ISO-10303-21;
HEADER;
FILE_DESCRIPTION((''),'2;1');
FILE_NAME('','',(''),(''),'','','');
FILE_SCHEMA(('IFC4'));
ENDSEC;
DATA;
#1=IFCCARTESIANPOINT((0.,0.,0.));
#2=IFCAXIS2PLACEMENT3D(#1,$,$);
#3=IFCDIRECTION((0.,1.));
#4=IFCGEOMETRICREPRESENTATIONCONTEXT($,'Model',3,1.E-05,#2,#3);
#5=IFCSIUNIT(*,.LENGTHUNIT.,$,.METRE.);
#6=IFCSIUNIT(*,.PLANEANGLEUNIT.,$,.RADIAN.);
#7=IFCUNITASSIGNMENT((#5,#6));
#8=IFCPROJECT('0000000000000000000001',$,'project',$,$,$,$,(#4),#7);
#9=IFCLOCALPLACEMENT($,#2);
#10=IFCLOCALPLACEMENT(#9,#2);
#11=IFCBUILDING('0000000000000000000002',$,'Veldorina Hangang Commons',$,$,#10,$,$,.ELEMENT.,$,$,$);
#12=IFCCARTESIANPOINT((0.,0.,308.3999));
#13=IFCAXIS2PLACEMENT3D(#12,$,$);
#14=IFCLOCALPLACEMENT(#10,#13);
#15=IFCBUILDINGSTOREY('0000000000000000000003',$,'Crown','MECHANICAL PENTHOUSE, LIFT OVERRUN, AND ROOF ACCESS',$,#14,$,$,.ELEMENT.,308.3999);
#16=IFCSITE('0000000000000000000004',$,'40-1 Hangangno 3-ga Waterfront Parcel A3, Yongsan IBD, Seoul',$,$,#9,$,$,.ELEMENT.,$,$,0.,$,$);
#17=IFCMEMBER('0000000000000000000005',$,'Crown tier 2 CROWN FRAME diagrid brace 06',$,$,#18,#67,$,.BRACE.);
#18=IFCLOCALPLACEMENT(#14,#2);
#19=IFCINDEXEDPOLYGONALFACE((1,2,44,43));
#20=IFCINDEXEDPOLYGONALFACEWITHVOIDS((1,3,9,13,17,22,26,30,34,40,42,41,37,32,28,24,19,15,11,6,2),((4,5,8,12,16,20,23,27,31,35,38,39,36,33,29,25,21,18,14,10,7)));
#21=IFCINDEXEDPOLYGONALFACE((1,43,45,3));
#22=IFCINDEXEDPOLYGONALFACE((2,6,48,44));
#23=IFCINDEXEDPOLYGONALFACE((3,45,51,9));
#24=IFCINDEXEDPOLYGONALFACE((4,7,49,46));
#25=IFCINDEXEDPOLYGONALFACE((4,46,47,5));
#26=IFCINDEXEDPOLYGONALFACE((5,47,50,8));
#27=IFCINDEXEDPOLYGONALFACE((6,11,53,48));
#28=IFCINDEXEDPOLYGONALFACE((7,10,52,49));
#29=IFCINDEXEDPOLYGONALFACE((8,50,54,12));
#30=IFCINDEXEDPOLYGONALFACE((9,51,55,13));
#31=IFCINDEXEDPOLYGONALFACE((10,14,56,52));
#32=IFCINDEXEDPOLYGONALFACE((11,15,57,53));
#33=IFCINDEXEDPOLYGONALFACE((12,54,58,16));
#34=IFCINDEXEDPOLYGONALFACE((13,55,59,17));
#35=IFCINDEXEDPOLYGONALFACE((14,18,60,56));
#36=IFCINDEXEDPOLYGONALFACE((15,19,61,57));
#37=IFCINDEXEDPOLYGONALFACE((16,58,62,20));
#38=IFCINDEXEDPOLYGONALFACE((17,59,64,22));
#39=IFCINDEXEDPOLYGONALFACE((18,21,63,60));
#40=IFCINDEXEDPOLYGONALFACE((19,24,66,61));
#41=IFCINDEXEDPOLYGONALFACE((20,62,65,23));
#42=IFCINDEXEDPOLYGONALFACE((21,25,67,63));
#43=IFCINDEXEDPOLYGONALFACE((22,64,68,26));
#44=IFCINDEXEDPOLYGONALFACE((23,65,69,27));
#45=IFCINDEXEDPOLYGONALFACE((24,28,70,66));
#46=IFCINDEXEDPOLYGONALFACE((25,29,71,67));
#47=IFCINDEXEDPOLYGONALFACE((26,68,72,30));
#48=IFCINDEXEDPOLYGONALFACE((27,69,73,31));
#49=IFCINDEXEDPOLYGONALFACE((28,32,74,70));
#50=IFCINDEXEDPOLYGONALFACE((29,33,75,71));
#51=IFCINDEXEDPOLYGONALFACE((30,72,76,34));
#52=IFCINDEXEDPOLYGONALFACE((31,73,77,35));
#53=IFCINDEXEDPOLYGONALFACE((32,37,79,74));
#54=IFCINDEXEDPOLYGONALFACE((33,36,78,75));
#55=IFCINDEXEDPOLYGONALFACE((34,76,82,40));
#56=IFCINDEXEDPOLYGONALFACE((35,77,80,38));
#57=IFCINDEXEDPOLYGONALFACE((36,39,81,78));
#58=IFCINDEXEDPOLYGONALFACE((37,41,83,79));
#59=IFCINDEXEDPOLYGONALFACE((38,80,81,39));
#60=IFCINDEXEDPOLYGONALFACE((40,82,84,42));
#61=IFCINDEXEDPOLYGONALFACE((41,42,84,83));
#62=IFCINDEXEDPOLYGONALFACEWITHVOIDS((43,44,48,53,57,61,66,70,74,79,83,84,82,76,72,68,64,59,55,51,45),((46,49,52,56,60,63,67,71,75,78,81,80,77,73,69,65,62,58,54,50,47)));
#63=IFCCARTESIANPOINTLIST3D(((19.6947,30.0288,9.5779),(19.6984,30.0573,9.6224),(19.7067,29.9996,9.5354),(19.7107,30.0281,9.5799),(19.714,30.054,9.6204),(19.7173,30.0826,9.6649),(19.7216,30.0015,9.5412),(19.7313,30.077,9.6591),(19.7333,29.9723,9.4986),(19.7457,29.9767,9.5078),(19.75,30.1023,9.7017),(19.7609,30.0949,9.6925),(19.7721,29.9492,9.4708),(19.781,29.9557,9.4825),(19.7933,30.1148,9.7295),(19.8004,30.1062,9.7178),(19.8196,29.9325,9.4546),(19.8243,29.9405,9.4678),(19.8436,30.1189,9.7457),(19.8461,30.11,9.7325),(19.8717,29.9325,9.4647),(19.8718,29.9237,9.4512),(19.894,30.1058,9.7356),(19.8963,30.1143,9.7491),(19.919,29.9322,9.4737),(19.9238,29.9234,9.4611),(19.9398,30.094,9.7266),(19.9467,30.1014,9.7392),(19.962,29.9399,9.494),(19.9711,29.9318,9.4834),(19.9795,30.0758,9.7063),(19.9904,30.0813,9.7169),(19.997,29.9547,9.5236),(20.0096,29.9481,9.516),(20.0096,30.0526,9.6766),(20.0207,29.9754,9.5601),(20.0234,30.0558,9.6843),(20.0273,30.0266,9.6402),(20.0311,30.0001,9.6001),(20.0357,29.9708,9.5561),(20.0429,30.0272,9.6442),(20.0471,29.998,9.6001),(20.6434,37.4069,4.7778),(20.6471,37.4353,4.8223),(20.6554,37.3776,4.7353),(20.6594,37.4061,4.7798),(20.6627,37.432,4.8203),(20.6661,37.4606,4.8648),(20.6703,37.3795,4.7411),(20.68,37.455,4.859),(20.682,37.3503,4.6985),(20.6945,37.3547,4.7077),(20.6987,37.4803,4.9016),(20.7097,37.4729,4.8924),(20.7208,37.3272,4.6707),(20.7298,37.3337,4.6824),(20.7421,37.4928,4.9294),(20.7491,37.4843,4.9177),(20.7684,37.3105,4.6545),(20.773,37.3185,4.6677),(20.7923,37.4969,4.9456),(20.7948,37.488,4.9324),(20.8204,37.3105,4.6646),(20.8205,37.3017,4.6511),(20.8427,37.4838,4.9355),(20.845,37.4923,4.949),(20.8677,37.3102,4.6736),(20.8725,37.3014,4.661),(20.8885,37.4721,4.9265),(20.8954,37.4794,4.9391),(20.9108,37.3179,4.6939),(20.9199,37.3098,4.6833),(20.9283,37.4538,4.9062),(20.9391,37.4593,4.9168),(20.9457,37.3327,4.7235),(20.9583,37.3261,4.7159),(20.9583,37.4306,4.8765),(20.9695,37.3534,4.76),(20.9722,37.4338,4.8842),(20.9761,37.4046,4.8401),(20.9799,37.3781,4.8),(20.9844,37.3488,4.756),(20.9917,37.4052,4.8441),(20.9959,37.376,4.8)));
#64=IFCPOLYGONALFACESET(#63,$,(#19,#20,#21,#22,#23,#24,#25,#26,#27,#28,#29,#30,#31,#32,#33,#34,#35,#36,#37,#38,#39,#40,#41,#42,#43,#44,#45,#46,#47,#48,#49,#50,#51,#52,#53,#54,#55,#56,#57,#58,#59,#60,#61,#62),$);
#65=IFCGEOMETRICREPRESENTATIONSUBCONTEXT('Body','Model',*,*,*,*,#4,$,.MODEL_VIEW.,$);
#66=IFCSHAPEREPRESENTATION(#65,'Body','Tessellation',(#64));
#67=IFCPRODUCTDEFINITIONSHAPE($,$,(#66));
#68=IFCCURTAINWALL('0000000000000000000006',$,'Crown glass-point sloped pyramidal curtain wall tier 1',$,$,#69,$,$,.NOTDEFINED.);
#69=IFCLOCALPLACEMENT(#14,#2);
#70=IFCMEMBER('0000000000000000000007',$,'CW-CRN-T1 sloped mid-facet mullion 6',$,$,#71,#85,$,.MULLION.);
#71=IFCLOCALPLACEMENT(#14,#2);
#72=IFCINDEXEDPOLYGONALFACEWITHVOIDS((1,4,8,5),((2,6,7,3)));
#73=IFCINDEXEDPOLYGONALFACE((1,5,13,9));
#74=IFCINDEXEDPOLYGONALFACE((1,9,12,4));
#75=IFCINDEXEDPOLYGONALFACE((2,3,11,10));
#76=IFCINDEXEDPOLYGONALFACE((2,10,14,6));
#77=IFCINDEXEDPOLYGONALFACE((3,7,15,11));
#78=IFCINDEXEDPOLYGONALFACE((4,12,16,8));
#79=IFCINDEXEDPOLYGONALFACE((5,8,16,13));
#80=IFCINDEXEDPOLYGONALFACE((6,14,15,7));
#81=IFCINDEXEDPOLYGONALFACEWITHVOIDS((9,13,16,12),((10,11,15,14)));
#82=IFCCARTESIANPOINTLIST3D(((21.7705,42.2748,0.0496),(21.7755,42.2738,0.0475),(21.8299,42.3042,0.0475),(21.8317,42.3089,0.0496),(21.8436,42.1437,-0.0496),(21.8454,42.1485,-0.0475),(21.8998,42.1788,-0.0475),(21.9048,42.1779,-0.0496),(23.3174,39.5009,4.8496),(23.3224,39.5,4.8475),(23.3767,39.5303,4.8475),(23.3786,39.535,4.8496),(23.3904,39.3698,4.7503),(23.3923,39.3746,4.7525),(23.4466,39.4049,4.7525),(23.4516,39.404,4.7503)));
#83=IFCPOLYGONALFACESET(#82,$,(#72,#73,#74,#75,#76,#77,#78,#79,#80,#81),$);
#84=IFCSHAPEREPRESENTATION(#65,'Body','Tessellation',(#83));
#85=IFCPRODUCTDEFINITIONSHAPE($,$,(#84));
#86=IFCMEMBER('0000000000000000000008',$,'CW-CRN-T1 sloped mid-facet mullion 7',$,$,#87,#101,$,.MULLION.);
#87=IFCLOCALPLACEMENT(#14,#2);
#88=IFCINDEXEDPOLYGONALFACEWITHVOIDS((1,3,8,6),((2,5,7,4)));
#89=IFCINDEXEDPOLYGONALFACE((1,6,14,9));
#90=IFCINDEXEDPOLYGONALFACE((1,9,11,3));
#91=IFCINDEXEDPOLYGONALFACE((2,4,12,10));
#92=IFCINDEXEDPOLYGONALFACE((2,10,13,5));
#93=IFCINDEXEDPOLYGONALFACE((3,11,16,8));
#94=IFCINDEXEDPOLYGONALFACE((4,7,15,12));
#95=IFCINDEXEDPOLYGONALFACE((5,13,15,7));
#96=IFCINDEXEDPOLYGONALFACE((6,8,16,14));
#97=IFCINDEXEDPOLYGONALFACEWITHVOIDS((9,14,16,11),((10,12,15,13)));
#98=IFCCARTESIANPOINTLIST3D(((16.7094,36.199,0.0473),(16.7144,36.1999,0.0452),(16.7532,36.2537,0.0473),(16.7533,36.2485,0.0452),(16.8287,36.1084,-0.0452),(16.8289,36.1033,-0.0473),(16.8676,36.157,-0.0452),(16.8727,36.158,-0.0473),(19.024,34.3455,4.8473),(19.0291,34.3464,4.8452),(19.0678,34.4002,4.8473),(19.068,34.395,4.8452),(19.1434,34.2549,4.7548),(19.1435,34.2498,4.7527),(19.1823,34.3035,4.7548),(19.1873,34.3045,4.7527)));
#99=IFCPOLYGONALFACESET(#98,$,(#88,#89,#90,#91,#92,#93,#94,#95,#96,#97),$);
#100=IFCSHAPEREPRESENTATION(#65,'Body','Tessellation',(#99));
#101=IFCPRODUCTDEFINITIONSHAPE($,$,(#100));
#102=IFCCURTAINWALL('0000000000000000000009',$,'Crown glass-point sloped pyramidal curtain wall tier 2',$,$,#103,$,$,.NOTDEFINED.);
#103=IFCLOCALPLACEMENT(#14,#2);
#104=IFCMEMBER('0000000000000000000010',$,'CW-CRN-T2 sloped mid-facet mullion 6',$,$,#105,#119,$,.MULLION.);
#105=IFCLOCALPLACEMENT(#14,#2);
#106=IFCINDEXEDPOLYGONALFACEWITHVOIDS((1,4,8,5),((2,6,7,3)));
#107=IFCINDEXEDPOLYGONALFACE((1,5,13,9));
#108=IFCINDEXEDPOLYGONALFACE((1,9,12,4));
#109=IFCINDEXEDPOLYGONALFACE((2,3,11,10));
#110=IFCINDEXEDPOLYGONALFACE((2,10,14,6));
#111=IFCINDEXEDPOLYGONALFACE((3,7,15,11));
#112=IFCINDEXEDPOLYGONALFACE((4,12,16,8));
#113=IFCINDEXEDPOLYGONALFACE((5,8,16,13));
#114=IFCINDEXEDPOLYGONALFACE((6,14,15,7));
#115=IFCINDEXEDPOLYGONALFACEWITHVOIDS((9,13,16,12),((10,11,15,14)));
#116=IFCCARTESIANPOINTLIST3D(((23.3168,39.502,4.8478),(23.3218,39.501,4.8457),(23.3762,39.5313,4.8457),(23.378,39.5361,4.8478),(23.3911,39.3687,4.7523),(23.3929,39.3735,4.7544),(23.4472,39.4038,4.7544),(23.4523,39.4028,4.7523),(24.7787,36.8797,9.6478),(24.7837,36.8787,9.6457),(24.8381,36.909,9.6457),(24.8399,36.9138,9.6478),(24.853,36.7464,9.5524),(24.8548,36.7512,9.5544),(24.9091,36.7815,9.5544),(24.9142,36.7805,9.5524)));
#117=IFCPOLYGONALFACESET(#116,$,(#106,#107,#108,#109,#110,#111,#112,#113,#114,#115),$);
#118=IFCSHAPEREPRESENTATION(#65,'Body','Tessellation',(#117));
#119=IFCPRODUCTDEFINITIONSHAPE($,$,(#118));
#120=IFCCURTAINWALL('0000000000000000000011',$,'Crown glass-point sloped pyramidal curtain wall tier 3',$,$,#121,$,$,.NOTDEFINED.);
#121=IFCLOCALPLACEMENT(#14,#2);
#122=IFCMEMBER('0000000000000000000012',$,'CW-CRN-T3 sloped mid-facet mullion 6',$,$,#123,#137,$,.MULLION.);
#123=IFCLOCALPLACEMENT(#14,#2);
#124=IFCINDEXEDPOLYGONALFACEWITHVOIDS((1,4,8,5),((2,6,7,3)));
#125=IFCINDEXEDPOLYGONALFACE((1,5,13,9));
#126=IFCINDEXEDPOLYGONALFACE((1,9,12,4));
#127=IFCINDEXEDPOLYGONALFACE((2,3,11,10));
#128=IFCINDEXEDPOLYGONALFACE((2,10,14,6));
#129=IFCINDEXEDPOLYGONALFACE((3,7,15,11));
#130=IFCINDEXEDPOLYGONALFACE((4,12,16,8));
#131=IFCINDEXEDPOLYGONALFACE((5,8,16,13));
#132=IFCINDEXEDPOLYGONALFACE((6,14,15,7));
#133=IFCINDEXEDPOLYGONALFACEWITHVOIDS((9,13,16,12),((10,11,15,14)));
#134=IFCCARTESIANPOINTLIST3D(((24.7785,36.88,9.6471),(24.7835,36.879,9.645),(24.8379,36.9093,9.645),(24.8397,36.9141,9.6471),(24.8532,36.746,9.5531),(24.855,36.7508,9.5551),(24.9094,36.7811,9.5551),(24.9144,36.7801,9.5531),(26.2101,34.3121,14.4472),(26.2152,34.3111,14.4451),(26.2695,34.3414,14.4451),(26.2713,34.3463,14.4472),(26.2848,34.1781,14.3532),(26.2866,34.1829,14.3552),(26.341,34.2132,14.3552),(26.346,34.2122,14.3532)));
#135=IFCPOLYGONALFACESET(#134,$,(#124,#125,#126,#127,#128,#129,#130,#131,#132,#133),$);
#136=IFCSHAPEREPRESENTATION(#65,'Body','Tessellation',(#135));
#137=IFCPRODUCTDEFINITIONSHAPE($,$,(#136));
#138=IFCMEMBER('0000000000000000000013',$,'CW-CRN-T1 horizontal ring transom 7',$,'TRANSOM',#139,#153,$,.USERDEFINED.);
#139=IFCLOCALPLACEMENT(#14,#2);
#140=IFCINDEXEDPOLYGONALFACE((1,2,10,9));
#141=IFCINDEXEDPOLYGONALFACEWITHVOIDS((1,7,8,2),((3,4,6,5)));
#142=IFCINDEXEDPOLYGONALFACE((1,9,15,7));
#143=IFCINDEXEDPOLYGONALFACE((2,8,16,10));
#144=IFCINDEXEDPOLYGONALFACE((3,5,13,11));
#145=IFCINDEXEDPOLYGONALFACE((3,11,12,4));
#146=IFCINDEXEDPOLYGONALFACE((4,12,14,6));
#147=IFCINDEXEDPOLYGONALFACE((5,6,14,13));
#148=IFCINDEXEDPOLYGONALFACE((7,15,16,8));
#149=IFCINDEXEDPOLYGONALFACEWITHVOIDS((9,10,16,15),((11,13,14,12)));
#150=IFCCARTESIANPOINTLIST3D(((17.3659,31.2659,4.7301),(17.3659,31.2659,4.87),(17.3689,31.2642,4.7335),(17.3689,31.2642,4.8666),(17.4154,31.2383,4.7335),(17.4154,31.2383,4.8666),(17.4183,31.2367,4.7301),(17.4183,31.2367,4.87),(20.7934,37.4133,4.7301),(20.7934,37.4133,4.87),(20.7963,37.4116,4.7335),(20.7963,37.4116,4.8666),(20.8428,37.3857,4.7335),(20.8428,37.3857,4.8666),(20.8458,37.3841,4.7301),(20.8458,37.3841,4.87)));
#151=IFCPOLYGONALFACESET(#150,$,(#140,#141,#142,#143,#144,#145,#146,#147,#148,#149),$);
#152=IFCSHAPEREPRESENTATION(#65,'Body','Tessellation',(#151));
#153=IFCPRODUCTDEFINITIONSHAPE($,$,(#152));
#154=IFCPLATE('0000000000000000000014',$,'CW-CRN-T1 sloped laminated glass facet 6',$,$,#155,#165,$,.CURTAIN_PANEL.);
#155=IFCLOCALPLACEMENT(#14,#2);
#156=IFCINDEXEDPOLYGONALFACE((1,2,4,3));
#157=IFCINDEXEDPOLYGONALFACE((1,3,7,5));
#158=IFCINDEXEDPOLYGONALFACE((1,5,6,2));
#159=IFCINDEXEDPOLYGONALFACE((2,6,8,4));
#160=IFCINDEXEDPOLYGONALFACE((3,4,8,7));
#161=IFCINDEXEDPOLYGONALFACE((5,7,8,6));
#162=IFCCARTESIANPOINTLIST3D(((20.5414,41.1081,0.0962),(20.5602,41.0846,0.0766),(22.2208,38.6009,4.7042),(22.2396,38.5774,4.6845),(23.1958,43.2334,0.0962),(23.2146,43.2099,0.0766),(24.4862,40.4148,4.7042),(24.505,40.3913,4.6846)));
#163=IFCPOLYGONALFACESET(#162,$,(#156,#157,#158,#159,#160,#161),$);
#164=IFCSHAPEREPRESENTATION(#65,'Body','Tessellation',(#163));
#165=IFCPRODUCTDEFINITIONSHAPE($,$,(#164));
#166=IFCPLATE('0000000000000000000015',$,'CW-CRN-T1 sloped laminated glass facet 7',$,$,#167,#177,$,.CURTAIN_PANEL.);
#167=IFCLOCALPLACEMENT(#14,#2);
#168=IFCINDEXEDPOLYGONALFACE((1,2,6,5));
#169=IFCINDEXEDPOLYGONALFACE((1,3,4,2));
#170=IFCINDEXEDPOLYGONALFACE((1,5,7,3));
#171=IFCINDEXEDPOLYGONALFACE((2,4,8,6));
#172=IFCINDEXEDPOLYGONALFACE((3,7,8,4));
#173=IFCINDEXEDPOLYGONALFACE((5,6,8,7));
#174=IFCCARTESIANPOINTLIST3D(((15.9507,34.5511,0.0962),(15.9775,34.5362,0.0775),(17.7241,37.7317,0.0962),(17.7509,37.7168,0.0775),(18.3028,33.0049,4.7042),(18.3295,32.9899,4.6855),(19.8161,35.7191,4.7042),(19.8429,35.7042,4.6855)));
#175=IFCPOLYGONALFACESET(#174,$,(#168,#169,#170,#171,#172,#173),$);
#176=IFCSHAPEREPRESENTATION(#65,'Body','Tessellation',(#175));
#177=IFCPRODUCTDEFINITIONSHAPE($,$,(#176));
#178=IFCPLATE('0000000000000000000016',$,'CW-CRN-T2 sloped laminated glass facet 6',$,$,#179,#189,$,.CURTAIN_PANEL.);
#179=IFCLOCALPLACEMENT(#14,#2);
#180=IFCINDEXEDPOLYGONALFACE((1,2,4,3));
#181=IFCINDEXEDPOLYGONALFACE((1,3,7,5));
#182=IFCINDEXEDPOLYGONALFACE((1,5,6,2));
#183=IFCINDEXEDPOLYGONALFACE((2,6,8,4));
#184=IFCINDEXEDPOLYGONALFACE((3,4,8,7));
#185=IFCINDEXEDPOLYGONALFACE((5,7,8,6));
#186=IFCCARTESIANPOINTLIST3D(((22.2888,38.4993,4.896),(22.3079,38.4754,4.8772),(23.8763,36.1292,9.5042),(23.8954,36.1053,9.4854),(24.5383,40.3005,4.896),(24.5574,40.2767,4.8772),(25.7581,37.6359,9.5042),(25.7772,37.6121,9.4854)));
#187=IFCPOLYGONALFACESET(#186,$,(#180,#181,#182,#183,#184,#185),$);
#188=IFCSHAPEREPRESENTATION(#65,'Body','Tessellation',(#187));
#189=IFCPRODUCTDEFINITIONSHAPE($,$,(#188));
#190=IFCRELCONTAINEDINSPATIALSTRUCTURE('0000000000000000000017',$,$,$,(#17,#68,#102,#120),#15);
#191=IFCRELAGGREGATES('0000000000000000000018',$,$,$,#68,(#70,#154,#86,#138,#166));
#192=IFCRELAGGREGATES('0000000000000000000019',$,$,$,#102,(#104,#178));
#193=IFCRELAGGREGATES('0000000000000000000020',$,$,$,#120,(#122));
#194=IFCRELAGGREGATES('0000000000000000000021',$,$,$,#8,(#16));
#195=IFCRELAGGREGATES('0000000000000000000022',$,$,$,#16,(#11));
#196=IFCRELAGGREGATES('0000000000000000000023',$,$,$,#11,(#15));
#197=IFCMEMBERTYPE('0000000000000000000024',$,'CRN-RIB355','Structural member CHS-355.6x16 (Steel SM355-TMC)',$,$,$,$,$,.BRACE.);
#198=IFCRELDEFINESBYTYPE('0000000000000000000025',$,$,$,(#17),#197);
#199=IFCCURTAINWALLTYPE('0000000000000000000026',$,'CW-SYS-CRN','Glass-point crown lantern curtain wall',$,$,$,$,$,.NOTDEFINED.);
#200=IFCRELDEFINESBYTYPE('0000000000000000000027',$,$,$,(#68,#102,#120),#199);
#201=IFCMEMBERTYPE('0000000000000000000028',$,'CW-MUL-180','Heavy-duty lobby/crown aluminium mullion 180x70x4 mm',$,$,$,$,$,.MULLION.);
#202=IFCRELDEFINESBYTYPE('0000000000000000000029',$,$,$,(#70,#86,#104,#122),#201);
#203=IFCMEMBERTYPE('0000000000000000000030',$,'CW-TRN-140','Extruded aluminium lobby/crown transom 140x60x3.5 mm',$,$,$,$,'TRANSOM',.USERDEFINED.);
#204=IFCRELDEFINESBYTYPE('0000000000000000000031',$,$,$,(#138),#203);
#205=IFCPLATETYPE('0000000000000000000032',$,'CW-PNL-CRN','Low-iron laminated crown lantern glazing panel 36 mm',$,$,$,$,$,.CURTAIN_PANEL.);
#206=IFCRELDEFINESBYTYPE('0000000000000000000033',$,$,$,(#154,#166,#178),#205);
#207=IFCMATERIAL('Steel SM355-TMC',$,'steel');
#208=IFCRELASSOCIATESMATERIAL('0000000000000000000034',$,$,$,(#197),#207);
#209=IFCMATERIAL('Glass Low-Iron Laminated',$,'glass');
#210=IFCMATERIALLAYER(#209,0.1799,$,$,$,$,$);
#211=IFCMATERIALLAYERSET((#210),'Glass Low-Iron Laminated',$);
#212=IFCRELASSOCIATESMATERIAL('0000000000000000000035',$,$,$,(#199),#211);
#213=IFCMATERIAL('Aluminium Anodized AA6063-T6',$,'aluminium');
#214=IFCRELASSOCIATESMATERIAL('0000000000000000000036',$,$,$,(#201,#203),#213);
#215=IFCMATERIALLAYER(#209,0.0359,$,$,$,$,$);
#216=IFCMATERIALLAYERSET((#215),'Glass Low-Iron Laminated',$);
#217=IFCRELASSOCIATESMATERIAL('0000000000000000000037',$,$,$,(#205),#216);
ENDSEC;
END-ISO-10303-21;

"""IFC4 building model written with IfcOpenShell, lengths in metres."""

from ifc_helpers import new_model, si_unit, direction, frame, origin, origin_2d, place, context, subcontext, project, spatial, polyline, hollow_rectangle, hollow_circle, outline, extrude, material, layer, layer_set, material_profile, profile_set, type_object, element, aggregate, save


model = new_model("IFC4")

# Units and contexts
model_context = context("Model", 3, precision=1e-05, world=origin(), true_north=direction((0.0, 1.0)))
body_context = subcontext(model_context, "Body", "Model", "MODEL_VIEW")
ifc_project = project(units=[si_unit("LENGTHUNIT", "METRE"), si_unit("PLANEANGLEUNIT", "RADIAN")], contexts=[model_context])

# Site, building, storey
site_placement = place(None, origin())
site = spatial("IfcSite", under=ifc_project, at=site_placement, Name="40-1 Hangangno 3-ga Waterfront Parcel A3, Yongsan IBD, Seoul", CompositionType="ELEMENT", RefElevation=0.0)
building_placement = place(site_placement, origin())
building = spatial("IfcBuilding", under=site, at=building_placement, Name="Veldorina Hangang Commons", CompositionType="ELEMENT")
storey_placement = place(building_placement, frame((0.0, 0.0, 308.3999)))
storey = spatial("IfcBuildingStorey", under=building, at=storey_placement, Name="Crown", Description="MECHANICAL PENTHOUSE, LIFT OVERRUN, AND ROOF ACCESS", CompositionType="ELEMENT", Elevation=308.3999)

# Member
ifc_material_1 = material(Name="Steel SM355-TMC", Category="steel")
ifc_material_profile_1 = material_profile(ifc_material_1, hollow_circle(Radius=0.1777, WallThickness=0.0161, at=origin_2d()), Name="CHS-355.6x16")
ifc_profile_set_1 = profile_set([ifc_material_profile_1], Name="Steel SM355-TMC")
member_type_1 = type_object("IfcMemberType", Name="CRN-RIB355", Description="Structural member CHS-355.6x16 (Steel SM355-TMC)", PredefinedType="BRACE", material=ifc_profile_set_1)
member_1_placement = place(storey_placement, frame((20.8196, 37.3987, 4.8), z_axis=(-0.107166, -0.833388, 0.542199), x_axis=(0.991833, -0.12754, 0.0)))
element("IfcMember", 1, at=member_1_placement, inside=storey, type_object=member_type_1, Name="Crown tier 2 CROWN FRAME diagrid brace 06", PredefinedType="BRACE", context=body_context, shape_type="SweptSolid", body=[
    extrude(hollow_circle(Radius=0.1777, WallThickness=0.0161, at=origin_2d()), origin(), (0.0, 0.0, 1.0), 8.853),
])

# Curtain wall, members
ifc_material_2 = material(Name="Glass Low-Iron Laminated", Category="glass")
ifc_layer_1 = layer(ifc_material_2, 0.1799)
ifc_layer_set_1 = layer_set([ifc_layer_1], Name="Glass Low-Iron Laminated")
curtain_wall_type = type_object("IfcCurtainWallType", Name="CW-SYS-CRN", Description="Glass-point crown lantern curtain wall", PredefinedType="NOTDEFINED", material=ifc_layer_set_1)
curtain_wall_1_placement = place(storey_placement, origin())
curtain_wall_1 = element("IfcCurtainWall", 2, at=curtain_wall_1_placement, inside=storey, type_object=curtain_wall_type, Name="Crown glass-point sloped pyramidal curtain wall tier 1", PredefinedType="NOTDEFINED")
ifc_material_3 = material(Name="Aluminium Anodized AA6063-T6", Category="aluminium")
ifc_material_profile_2 = material_profile(ifc_material_3, hollow_rectangle(XDim=0.0701, YDim=0.1799, WallThickness=0.0039, at=origin_2d()), Name="ALU-RHS-180x70x4")
ifc_profile_set_2 = profile_set([ifc_material_profile_2], Name="Aluminium Anodized AA6063-T6")
member_type_2 = type_object("IfcMemberType", Name="CW-MUL-180", Description="Heavy-duty lobby/crown aluminium mullion 180x70x4 mm", PredefinedType="MULLION", material=ifc_profile_set_2)
member_2_placement = place(storey_placement, frame((21.8376, 42.2263, 0.0), z_axis=(0.268756, -0.481945, 0.833966), x_axis=(0.87338, 0.487039, 0.0)))
member_2 = element("IfcMember", 3, at=member_2_placement, type_object=member_type_2, Name="CW-CRN-T1 sloped mid-facet mullion 6", PredefinedType="MULLION", context=body_context, shape_type="SweptSolid", body=[
    extrude(hollow_rectangle(XDim=0.0701, YDim=0.1799, WallThickness=0.0039, at=origin_2d()), origin(), (0.0, 0.0, 1.0), 5.7556),
])
member_3_placement = place(storey_placement, frame((16.791, 36.1785, 0.0), z_axis=(0.410251, -0.328513, 0.850749), x_axis=(0.625056, 0.78058, 0.0)))
member_3 = element("IfcMember", 4, at=member_3_placement, type_object=member_type_2, Name="CW-CRN-T1 sloped mid-facet mullion 7", PredefinedType="MULLION", context=body_context, shape_type="SweptSolid", body=[
    extrude(hollow_rectangle(XDim=0.0701, YDim=0.1799, WallThickness=0.0039, at=origin_2d()), origin(), (0.0, 0.0, 1.0), 5.6421),
])

# Curtain walls, members
curtain_wall_2_placement = place(storey_placement, origin())
curtain_wall_2 = element("IfcCurtainWall", 5, at=curtain_wall_2_placement, inside=storey, type_object=curtain_wall_type, Name="Crown glass-point sloped pyramidal curtain wall tier 2", PredefinedType="NOTDEFINED")
member_4_placement = place(storey_placement, frame((23.3845, 39.4524, 4.8), z_axis=(0.258214, -0.463172, 0.847819), x_axis=(0.873439, 0.486934, 0.0)))
member_4 = element("IfcMember", 6, at=member_4_placement, type_object=member_type_2, Name="CW-CRN-T2 sloped mid-facet mullion 6", PredefinedType="MULLION", context=body_context, shape_type="SweptSolid", body=[
    extrude(hollow_rectangle(XDim=0.0701, YDim=0.1799, WallThickness=0.0039, at=origin_2d()), origin(), (0.0, 0.0, 1.0), 5.6616),
])
curtain_wall_3_placement = place(storey_placement, origin())
curtain_wall_3 = element("IfcCurtainWall", 7, at=curtain_wall_3_placement, inside=storey, type_object=curtain_wall_type, Name="Crown glass-point sloped pyramidal curtain wall tier 3", PredefinedType="NOTDEFINED")
member_5_placement = place(storey_placement, frame((24.8464, 36.8301, 9.6001), z_axis=(0.25434, -0.456198, 0.852757), x_axis=(0.873428, 0.486954, 0.0)))
member_5 = element("IfcMember", 8, at=member_5_placement, type_object=member_type_2, Name="CW-CRN-T3 sloped mid-facet mullion 6", PredefinedType="MULLION", context=body_context, shape_type="SweptSolid", body=[
    extrude(hollow_rectangle(XDim=0.0701, YDim=0.1799, WallThickness=0.0039, at=origin_2d()), origin(), (0.0, 0.0, 1.0), 5.6289),
])

# Member
ifc_material_profile_3 = material_profile(ifc_material_3, hollow_rectangle(XDim=0.0601, YDim=0.1399, WallThickness=0.0034, at=origin_2d()), Name="ALU-RHS-140x60x3.5")
ifc_profile_set_3 = profile_set([ifc_material_profile_3], Name="Aluminium Anodized AA6063-T6")
member_type_3 = type_object("IfcMemberType", Name="CW-TRN-140", Description="Extruded aluminium lobby/crown transom 140x60x3.5 mm", ElementType="TRANSOM", PredefinedType="USERDEFINED", material=ifc_profile_set_3)
member_6_placement = place(storey_placement, frame((20.8196, 37.3987, 4.8), z_axis=(-0.486971, -0.873418, 0.0), x_axis=(0.873418, -0.486971, 0.0)))
member_6 = element("IfcMember", 9, at=member_6_placement, type_object=member_type_3, Name="CW-CRN-T1 horizontal ring transom 7", ObjectType="TRANSOM", PredefinedType="USERDEFINED", context=body_context, shape_type="SweptSolid", body=[
    extrude(hollow_rectangle(XDim=0.0601, YDim=0.1399, WallThickness=0.0034, at=origin_2d()), origin(), (0.0, 0.0, 1.0), 7.0383),
])

# Plates
ifc_layer_2 = layer(ifc_material_2, 0.0359)
ifc_layer_set_2 = layer_set([ifc_layer_2], Name="Glass Low-Iron Laminated")
plate_type_1 = type_object("IfcPlateType", Name="CW-PNL-CRN", Description="Low-iron laminated crown lantern glazing panel 36 mm", PredefinedType="CURTAIN_PANEL", material=ifc_layer_set_2)
plate_1_placement = place(storey_placement, frame((23.1958, 43.2334, 0.0962), z_axis=(-0.523451, 0.653738, 0.546467), x_axis=(-0.780603, -0.625027, -0.000007)))
plate_1 = element("IfcPlate", 10, at=plate_1_placement, type_object=plate_type_1, Name="CW-CRN-T1 sloped laminated glass facet 6", PredefinedType="CURTAIN_PANEL", context=body_context, shape_type="SweptSolid", body=[
    extrude(outline(polyline([(0.0, 0.0), (3.4004, 0.0), (3.6565, 5.5022), (0.7544, 5.5022), (0.0, 0.0)])), origin(), (0.0, 0.0, -1.0), 0.0359),
])
plate_2_placement = place(storey_placement, frame((17.7241, 37.7317, 0.0962), z_axis=(-0.745891, 0.415884, 0.520276), x_axis=(-0.486985, -0.87341, -0.000001)))
plate_2 = element("IfcPlate", 11, at=plate_2_placement, type_object=plate_type_1, Name="CW-CRN-T1 sloped laminated glass facet 7", PredefinedType="CURTAIN_PANEL", context=body_context, shape_type="SweptSolid", body=[
    extrude(outline(polyline([(0.0, 0.0), (3.6416, 0.0), (3.8467, 5.3958), (0.739, 5.3958), (0.0, 0.0)])), origin(), (0.0, 0.0, -1.0), 0.0359),
])
aggregate(curtain_wall_1, [member_2, plate_1, member_3, member_6, plate_2])
plate_3_placement = place(storey_placement, frame((24.5383, 40.3005, 4.896), z_axis=(-0.531988, 0.664377, 0.524969), x_axis=(-0.780589, -0.625044, 0.000001)))
plate_3 = element("IfcPlate", 12, at=plate_3_placement, type_object=plate_type_1, Name="CW-CRN-T2 sloped laminated glass facet 6", PredefinedType="CURTAIN_PANEL", context=body_context, shape_type="SweptSolid", body=[
    extrude(outline(polyline([(0.0, 0.0), (2.8818, 0.0), (3.124, 5.4143), (0.7134, 5.4143), (0.0, 0.0)])), origin(), (0.0, 0.0, -1.0), 0.0359),
])
aggregate(curtain_wall_2, [member_4, plate_3])
aggregate(curtain_wall_3, [member_5])

save(model, "model.ifc")
